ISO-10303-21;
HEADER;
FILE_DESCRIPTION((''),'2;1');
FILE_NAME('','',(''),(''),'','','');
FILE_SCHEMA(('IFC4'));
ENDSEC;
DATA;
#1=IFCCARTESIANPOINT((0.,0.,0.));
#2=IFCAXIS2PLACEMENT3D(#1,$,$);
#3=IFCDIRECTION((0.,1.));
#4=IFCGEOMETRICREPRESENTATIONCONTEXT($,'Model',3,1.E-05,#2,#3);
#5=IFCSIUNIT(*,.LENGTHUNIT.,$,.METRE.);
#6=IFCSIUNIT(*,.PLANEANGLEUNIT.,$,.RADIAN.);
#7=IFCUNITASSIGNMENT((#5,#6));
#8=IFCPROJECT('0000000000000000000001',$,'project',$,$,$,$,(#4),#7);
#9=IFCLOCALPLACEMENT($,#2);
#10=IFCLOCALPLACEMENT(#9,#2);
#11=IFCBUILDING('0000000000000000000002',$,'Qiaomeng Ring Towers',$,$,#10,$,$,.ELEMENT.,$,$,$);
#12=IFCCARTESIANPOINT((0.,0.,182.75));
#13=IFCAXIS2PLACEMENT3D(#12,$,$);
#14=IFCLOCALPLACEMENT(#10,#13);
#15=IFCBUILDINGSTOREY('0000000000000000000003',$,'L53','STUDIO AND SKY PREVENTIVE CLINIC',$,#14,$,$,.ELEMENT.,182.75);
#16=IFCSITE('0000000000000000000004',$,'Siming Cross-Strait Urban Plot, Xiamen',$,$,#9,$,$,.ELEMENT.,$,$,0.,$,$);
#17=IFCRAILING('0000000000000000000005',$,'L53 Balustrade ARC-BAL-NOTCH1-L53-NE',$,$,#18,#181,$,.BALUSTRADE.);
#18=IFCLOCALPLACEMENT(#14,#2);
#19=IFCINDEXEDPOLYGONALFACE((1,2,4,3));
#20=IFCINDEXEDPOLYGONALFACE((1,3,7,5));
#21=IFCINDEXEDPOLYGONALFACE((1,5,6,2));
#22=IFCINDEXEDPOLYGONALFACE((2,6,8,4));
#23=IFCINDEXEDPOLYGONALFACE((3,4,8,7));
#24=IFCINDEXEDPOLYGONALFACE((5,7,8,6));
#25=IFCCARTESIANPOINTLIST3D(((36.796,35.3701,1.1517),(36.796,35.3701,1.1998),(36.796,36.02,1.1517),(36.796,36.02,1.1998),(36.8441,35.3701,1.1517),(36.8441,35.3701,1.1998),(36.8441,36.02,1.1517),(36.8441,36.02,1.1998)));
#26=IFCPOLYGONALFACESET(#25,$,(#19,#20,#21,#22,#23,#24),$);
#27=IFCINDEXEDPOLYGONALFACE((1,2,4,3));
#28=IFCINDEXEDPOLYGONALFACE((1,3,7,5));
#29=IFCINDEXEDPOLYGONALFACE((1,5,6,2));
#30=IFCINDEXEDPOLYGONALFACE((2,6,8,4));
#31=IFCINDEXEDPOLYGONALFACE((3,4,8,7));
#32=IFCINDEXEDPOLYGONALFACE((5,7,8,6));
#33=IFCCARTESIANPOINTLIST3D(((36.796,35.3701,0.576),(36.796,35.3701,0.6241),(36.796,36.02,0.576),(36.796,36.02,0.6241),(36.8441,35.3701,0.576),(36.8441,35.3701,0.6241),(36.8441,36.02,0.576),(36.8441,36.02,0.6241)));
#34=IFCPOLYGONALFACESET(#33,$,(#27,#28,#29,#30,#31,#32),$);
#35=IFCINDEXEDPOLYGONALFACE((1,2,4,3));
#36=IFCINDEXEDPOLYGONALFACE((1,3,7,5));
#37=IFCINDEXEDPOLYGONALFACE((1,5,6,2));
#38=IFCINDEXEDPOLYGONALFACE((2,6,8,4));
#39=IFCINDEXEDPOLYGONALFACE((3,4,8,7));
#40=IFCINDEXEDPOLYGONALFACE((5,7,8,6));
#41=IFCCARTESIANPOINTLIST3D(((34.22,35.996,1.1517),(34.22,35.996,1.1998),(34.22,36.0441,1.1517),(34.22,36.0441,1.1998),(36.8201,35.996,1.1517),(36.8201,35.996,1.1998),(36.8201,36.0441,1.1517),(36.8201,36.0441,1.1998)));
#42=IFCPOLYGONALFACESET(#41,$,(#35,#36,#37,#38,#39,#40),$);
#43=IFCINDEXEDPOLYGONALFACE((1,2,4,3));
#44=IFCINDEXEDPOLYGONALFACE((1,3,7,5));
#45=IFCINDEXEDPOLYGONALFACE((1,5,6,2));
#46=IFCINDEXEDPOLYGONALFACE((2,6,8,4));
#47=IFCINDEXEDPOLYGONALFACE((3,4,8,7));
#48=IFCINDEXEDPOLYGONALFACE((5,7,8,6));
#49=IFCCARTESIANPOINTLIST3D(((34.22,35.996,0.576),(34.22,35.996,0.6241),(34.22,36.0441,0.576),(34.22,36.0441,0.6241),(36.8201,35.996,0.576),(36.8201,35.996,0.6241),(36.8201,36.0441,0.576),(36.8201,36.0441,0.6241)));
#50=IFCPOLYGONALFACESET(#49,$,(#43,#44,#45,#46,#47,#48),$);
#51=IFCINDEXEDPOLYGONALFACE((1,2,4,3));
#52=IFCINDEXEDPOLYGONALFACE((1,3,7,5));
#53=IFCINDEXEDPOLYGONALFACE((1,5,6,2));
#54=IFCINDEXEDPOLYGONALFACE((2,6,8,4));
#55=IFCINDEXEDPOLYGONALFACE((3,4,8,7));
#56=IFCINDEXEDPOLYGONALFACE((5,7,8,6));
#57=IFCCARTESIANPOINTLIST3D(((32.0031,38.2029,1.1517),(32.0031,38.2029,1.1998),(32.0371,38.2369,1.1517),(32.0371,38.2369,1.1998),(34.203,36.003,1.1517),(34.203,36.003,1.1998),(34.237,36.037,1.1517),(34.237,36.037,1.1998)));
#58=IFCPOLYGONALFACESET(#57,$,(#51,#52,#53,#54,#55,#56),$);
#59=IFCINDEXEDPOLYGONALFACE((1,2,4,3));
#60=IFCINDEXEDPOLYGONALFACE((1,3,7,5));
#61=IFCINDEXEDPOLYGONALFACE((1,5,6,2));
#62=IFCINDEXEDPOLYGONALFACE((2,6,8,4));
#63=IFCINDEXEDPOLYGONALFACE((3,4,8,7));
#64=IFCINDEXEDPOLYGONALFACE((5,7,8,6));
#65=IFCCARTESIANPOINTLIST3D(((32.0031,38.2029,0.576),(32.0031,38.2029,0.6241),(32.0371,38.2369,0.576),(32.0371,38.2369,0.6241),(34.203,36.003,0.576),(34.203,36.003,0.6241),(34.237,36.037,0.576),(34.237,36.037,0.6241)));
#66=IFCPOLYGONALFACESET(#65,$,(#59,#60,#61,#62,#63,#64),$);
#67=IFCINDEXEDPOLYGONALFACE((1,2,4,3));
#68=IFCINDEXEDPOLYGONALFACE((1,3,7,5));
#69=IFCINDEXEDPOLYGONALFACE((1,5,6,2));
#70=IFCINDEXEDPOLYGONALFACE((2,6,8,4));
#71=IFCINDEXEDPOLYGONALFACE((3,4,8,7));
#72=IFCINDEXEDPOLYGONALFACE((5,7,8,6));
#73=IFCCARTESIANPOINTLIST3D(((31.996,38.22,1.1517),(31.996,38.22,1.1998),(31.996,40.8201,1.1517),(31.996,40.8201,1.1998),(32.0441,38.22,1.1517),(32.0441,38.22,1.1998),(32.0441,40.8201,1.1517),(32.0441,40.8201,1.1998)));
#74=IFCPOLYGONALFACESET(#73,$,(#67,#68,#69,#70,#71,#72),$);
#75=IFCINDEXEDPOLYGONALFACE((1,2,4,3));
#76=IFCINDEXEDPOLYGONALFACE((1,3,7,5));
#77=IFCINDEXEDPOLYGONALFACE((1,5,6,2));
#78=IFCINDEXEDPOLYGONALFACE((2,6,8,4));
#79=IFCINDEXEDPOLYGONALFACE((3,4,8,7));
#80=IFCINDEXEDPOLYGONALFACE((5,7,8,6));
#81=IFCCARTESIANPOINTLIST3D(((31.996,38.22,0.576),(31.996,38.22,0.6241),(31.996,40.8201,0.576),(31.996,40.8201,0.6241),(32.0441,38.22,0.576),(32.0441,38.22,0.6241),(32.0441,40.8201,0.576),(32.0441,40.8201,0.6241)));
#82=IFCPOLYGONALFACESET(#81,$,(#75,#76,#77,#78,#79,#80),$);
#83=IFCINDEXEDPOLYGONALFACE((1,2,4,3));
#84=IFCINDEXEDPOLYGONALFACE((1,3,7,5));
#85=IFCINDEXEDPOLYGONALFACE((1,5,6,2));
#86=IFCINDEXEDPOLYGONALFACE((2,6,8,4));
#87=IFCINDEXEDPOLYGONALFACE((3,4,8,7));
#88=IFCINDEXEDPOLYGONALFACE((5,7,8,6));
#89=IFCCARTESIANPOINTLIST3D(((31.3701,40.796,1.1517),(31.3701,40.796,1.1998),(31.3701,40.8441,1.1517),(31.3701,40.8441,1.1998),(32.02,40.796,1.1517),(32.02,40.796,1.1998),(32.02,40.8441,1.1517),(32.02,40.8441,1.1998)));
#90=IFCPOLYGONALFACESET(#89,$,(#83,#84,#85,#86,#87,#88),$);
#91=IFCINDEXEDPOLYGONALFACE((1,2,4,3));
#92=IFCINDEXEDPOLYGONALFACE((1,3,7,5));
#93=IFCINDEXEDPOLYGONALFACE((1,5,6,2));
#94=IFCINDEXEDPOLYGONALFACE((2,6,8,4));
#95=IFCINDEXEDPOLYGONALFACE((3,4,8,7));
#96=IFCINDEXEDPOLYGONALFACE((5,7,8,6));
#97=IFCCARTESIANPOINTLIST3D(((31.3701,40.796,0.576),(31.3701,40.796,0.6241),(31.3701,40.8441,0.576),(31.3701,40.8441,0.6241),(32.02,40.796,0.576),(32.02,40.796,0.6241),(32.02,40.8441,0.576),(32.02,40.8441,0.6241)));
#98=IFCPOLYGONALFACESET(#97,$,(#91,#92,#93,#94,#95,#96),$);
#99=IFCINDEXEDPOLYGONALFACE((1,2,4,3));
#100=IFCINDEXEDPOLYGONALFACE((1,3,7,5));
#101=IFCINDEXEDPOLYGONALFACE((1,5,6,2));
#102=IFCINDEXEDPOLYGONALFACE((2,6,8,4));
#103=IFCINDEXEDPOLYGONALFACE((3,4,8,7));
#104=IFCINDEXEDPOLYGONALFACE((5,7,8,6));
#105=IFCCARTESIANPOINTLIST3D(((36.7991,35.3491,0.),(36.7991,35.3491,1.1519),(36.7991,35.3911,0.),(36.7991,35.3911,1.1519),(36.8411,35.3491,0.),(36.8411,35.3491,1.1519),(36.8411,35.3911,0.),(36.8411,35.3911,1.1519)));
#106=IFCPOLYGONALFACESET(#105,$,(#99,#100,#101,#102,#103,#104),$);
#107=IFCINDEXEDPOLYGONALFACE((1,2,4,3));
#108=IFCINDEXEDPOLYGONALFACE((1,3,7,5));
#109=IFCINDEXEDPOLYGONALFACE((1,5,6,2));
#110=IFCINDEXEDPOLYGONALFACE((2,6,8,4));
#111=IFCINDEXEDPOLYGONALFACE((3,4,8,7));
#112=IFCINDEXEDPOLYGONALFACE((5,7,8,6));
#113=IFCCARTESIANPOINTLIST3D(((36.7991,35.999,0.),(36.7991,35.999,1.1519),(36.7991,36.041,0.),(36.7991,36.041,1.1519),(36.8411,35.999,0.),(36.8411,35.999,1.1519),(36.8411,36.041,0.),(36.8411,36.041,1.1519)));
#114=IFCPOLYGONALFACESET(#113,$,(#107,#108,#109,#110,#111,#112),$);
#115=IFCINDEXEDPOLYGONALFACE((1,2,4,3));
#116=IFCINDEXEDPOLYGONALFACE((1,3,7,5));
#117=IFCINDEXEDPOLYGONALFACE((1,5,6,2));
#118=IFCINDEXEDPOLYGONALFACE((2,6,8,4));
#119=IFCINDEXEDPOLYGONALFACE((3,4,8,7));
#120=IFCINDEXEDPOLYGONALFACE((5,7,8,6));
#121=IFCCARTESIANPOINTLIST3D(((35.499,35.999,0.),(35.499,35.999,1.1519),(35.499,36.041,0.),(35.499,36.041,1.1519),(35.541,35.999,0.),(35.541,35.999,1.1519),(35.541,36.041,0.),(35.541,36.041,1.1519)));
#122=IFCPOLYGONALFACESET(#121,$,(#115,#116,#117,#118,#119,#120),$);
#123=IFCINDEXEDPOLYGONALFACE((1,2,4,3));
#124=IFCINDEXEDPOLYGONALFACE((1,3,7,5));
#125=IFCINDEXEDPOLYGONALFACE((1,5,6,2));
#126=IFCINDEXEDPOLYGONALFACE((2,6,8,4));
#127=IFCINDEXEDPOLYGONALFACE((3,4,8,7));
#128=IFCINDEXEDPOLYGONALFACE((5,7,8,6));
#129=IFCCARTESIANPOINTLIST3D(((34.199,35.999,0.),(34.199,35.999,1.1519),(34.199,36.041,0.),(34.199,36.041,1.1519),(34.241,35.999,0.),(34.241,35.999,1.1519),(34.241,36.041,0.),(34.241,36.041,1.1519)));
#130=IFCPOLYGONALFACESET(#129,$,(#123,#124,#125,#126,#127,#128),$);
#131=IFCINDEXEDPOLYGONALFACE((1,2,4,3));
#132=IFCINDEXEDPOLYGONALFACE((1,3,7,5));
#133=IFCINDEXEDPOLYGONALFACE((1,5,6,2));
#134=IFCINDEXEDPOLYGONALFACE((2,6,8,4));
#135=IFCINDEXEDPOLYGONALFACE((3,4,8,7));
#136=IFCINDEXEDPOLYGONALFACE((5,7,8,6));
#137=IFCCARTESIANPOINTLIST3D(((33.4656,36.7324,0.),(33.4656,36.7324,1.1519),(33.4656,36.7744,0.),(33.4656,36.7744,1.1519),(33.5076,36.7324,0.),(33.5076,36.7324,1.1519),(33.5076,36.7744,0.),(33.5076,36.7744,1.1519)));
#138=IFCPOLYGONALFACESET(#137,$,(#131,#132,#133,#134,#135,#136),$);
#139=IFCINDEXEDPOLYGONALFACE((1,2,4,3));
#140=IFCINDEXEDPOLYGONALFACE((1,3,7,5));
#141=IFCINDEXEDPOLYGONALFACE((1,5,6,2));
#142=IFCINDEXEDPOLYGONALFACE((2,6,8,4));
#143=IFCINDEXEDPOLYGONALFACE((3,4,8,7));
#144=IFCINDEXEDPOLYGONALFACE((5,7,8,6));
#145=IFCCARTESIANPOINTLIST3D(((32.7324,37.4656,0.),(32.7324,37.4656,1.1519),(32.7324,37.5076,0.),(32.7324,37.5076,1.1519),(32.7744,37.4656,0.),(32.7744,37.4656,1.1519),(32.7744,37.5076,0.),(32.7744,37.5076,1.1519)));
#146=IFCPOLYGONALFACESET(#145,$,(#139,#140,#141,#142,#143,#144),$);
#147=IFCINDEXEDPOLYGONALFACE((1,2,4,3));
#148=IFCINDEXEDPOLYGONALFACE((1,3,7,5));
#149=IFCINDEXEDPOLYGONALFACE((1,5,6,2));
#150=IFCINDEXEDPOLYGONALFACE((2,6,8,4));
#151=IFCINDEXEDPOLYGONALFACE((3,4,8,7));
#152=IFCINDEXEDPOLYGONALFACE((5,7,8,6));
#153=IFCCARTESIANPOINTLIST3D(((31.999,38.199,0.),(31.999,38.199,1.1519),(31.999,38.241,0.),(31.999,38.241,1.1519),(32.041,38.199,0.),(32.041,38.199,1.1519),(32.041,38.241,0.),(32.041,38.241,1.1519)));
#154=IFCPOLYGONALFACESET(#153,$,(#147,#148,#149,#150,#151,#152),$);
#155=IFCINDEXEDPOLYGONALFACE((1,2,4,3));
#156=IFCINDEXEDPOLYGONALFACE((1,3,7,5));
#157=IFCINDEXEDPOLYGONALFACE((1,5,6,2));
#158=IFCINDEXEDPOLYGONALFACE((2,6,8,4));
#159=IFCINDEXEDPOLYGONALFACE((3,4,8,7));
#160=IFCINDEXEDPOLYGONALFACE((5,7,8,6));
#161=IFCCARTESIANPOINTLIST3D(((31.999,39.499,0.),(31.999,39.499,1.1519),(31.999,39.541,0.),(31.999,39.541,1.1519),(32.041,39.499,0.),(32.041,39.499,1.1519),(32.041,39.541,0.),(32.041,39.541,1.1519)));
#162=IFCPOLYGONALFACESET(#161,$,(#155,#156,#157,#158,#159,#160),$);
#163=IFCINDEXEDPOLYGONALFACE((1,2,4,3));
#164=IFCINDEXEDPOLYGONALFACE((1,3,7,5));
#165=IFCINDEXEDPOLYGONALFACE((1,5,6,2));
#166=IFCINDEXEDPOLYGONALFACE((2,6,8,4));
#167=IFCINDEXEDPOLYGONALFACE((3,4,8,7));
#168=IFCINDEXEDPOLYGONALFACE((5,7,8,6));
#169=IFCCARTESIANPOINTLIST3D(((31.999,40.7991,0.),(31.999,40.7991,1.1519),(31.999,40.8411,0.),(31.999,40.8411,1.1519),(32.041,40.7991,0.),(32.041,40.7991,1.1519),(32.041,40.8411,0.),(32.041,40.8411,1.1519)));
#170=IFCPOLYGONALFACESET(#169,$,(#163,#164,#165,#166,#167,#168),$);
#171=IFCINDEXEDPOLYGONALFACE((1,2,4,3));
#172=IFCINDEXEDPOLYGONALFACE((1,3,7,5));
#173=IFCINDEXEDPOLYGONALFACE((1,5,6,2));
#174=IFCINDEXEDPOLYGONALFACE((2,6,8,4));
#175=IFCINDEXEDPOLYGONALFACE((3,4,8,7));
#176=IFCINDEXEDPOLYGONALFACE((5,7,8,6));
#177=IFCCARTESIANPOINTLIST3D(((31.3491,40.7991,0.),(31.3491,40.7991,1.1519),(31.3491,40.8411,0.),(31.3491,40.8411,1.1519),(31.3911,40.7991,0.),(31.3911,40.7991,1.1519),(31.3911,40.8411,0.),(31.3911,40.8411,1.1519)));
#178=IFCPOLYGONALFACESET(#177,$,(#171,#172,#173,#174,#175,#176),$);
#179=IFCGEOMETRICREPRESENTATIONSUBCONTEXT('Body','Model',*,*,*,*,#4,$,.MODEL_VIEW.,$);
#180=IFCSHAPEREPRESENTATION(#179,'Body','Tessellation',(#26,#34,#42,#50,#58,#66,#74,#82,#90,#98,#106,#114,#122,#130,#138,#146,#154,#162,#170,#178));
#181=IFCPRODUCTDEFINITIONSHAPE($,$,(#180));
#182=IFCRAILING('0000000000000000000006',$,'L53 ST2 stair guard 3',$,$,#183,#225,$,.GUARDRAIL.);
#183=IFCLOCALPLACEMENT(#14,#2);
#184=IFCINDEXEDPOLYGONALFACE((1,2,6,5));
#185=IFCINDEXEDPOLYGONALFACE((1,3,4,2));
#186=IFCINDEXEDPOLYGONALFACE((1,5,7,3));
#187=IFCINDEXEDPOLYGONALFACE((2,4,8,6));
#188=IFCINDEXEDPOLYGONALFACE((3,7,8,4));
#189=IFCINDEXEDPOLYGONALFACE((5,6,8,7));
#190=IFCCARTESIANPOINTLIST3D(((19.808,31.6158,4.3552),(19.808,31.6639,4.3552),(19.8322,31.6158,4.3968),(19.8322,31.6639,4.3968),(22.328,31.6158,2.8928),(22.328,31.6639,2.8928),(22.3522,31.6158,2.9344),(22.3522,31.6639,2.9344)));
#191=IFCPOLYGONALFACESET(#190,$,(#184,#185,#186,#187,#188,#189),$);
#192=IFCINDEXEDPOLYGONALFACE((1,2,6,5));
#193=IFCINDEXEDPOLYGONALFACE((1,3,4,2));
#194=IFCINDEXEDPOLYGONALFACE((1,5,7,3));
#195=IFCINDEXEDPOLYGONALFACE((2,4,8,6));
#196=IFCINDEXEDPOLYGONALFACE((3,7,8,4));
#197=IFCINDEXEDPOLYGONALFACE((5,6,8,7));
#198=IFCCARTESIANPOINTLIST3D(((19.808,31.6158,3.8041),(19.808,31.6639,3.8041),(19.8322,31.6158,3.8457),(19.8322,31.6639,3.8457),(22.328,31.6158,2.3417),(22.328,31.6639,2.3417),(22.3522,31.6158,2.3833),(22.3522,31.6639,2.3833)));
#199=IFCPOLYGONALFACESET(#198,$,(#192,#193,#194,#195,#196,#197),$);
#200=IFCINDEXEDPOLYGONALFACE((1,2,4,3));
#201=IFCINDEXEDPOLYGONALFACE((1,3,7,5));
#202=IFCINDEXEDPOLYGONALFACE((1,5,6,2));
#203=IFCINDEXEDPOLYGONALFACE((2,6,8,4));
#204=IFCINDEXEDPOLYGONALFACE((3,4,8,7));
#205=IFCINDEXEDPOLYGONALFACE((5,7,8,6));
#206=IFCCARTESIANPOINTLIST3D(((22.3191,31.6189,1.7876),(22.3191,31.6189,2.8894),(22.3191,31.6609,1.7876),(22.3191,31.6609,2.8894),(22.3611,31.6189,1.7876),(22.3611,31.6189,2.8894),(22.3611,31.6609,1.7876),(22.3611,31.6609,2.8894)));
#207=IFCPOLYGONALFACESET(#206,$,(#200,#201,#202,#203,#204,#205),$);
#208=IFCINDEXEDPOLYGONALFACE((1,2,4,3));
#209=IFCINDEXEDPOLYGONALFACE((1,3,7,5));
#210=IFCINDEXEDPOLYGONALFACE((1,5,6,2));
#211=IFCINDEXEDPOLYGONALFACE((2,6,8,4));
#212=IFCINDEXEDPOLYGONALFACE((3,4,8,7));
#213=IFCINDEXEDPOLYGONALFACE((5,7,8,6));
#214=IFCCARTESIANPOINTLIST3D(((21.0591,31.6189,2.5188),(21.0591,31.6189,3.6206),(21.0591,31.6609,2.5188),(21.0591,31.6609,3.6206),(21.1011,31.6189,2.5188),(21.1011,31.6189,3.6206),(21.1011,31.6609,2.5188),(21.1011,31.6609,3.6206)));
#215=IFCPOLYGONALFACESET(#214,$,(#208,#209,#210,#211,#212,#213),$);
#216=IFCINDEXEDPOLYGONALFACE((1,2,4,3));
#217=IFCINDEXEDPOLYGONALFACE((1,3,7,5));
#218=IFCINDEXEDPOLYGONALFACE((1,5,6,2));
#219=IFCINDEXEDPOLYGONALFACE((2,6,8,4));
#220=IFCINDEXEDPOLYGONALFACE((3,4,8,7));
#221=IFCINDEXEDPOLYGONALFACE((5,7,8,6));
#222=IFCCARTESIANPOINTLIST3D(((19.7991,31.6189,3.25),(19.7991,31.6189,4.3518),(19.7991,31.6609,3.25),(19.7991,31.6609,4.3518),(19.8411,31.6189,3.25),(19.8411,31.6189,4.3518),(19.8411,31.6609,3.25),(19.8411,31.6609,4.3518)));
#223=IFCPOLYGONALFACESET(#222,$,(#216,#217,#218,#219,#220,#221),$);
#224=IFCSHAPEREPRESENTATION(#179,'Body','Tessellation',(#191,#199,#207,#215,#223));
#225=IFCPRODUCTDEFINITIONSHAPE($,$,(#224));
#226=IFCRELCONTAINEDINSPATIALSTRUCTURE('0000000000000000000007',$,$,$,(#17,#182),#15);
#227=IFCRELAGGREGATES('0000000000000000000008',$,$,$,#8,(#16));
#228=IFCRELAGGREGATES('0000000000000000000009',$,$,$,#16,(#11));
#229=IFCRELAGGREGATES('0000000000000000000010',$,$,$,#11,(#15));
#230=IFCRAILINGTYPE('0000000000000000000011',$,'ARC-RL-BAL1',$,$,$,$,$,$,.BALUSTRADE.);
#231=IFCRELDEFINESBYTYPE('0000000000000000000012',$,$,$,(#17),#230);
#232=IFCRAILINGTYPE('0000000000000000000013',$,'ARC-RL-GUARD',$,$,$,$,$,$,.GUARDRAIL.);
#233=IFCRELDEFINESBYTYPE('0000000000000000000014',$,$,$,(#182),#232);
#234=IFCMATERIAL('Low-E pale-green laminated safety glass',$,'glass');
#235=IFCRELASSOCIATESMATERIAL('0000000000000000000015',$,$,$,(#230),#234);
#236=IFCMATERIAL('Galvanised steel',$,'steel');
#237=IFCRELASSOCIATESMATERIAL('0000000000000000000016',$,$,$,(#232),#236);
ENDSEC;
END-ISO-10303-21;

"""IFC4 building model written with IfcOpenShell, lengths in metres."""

from ifc_helpers import new_model, si_unit, direction, frame, origin, origin_2d, place, context, subcontext, project, spatial, rectangle, extrude, material, type_object, element, save


model = new_model("IFC4")

# Units and contexts
model_context = context("Model", 3, precision=1e-05, world=origin(), true_north=direction((0.0, 1.0)))
body_context = subcontext(model_context, "Body", "Model", "MODEL_VIEW")
ifc_project = project(units=[si_unit("LENGTHUNIT", "METRE"), si_unit("PLANEANGLEUNIT", "RADIAN")], contexts=[model_context])

# Site, building, storey
site_placement = place(None, origin())
site = spatial("IfcSite", under=ifc_project, at=site_placement, Name="Siming Cross-Strait Urban Plot, Xiamen", CompositionType="ELEMENT", RefElevation=0.0)
building_placement = place(site_placement, origin())
building = spatial("IfcBuilding", under=site, at=building_placement, Name="Qiaomeng Ring Towers", CompositionType="ELEMENT")
storey_placement = place(building_placement, frame((0.0, 0.0, 182.75)))
storey = spatial("IfcBuildingStorey", under=building, at=storey_placement, Name="L53", Description="STUDIO AND SKY PREVENTIVE CLINIC", CompositionType="ELEMENT", Elevation=182.75)

# Railings
ifc_material_1 = material(Name="Low-E pale-green laminated safety glass", Category="glass")
railing_type_1 = type_object("IfcRailingType", Name="ARC-RL-BAL1", PredefinedType="BALUSTRADE", material=ifc_material_1)
railing_1_placement = place(storey_placement, frame((36.8201, 35.3701, 0.0)))
element("IfcRailing", 1, at=railing_1_placement, inside=storey, type_object=railing_type_1, Name="L53 Balustrade ARC-BAL-NOTCH1-L53-NE", PredefinedType="BALUSTRADE", context=body_context, shape_type="SweptSolid", body=[
    extrude(rectangle(XDim=0.0481, YDim=0.0481, at=origin_2d()), frame((0.0, 0.0, 1.1758), z_axis=(0.0, 1.0, 0.0), x_axis=(-1.0, 0.0, 0.0)), (0.0, 0.0, 1.0), 0.6499),
    extrude(rectangle(XDim=0.0481, YDim=0.0481, at=origin_2d()), frame((0.0, 0.0, 0.6001), z_axis=(0.0, 1.0, 0.0), x_axis=(-1.0, 0.0, 0.0)), (0.0, 0.0, 1.0), 0.6499),
    extrude(rectangle(XDim=0.0481, YDim=0.0481, at=origin_2d()), frame((0.0, 0.6499, 1.1758), z_axis=(-1.0, 0.0, 0.0), x_axis=(0.0, -1.0, 0.0)), (0.0, 0.0, 1.0), 2.6001),
    extrude(rectangle(XDim=0.0481, YDim=0.0481, at=origin_2d()), frame((0.0, 0.6499, 0.6001), z_axis=(-1.0, 0.0, 0.0), x_axis=(0.0, -1.0, 0.0)), (0.0, 0.0, 1.0), 2.6001),
    extrude(rectangle(XDim=0.0481, YDim=0.0481, at=origin_2d()), frame((-2.6001, 0.6499, 1.1758), z_axis=(-0.707107, 0.707107, 0.0), x_axis=(-0.707107, -0.707107, 0.0)), (0.0, 0.0, 1.0), 3.1111),
    extrude(rectangle(XDim=0.0481, YDim=0.0481, at=origin_2d()), frame((-2.6001, 0.6499, 0.6001), z_axis=(-0.707107, 0.707107, 0.0), x_axis=(-0.707107, -0.707107, 0.0)), (0.0, 0.0, 1.0), 3.1111),
    extrude(rectangle(XDim=0.0481, YDim=0.0481, at=origin_2d()), frame((-4.8, 2.8499, 1.1758), z_axis=(0.0, 1.0, 0.0), x_axis=(-1.0, 0.0, 0.0)), (0.0, 0.0, 1.0), 2.6001),
    extrude(rectangle(XDim=0.0481, YDim=0.0481, at=origin_2d()), frame((-4.8, 2.8499, 0.6001), z_axis=(0.0, 1.0, 0.0), x_axis=(-1.0, 0.0, 0.0)), (0.0, 0.0, 1.0), 2.6001),
    extrude(rectangle(XDim=0.0481, YDim=0.0481, at=origin_2d()), frame((-4.8, 5.45, 1.1758), z_axis=(-1.0, 0.0, 0.0), x_axis=(0.0, -1.0, 0.0)), (0.0, 0.0, 1.0), 0.6499),
    extrude(rectangle(XDim=0.0481, YDim=0.0481, at=origin_2d()), frame((-4.8, 5.45, 0.6001), z_axis=(-1.0, 0.0, 0.0), x_axis=(0.0, -1.0, 0.0)), (0.0, 0.0, 1.0), 0.6499),
    extrude(rectangle(XDim=0.042, YDim=0.042, at=origin_2d()), origin(), (0.0, 0.0, 1.0), 1.1519),
    extrude(rectangle(XDim=0.042, YDim=0.042, at=origin_2d()), frame((0.0, 0.6499, 0.0)), (0.0, 0.0, 1.0), 1.1519),
    extrude(rectangle(XDim=0.042, YDim=0.042, at=origin_2d()), frame((-1.3, 0.6499, 0.0)), (0.0, 0.0, 1.0), 1.1519),
    extrude(rectangle(XDim=0.042, YDim=0.042, at=origin_2d()), frame((-2.6001, 0.6499, 0.0)), (0.0, 0.0, 1.0), 1.1519),
    extrude(rectangle(XDim=0.042, YDim=0.042, at=origin_2d()), frame((-3.3335, 1.3833, 0.0)), (0.0, 0.0, 1.0), 1.1519),
    extrude(rectangle(XDim=0.042, YDim=0.042, at=origin_2d()), frame((-4.0667, 2.1165, 0.0)), (0.0, 0.0, 1.0), 1.1519),
    extrude(rectangle(XDim=0.042, YDim=0.042, at=origin_2d()), frame((-4.8, 2.8499, 0.0)), (0.0, 0.0, 1.0), 1.1519),
    extrude(rectangle(XDim=0.042, YDim=0.042, at=origin_2d()), frame((-4.8, 4.1499, 0.0)), (0.0, 0.0, 1.0), 1.1519),
    extrude(rectangle(XDim=0.042, YDim=0.042, at=origin_2d()), frame((-4.8, 5.45, 0.0)), (0.0, 0.0, 1.0), 1.1519),
    extrude(rectangle(XDim=0.042, YDim=0.042, at=origin_2d()), frame((-5.45, 5.45, 0.0)), (0.0, 0.0, 1.0), 1.1519),
])
ifc_material_2 = material(Name="Galvanised steel", Category="steel")
railing_type_2 = type_object("IfcRailingType", Name="ARC-RL-GUARD", PredefinedType="GUARDRAIL", material=ifc_material_2)
railing_2_placement = place(storey_placement, frame((22.3401, 31.6399, 1.7876)))
element("IfcRailing", 2, at=railing_2_placement, inside=storey, type_object=railing_type_2, Name="L53 ST2 stair guard 3", PredefinedType="GUARDRAIL", context=body_context, shape_type="SweptSolid", body=[
    extrude(rectangle(XDim=0.0481, YDim=0.0481, at=origin_2d()), frame((0.0, 0.0, 1.126), z_axis=(-0.864913, 0.0, 0.501921), x_axis=(0.0, -1.0, 0.0)), (0.0, 0.0, 1.0), 2.9136),
    extrude(rectangle(XDim=0.0481, YDim=0.0481, at=origin_2d()), frame((0.0, 0.0, 0.575), z_axis=(-0.864913, 0.0, 0.501921), x_axis=(0.0, -1.0, 0.0)), (0.0, 0.0, 1.0), 2.9136),
    extrude(rectangle(XDim=0.042, YDim=0.042, at=origin_2d()), origin(), (0.0, 0.0, 1.0), 1.1018),
    extrude(rectangle(XDim=0.042, YDim=0.042, at=origin_2d()), frame((-1.26, 0.0, 0.7312)), (0.0, 0.0, 1.0), 1.1018),
    extrude(rectangle(XDim=0.042, YDim=0.042, at=origin_2d()), frame((-2.52, 0.0, 1.4624)), (0.0, 0.0, 1.0), 1.1018),
])

save(model, "model.ifc")
